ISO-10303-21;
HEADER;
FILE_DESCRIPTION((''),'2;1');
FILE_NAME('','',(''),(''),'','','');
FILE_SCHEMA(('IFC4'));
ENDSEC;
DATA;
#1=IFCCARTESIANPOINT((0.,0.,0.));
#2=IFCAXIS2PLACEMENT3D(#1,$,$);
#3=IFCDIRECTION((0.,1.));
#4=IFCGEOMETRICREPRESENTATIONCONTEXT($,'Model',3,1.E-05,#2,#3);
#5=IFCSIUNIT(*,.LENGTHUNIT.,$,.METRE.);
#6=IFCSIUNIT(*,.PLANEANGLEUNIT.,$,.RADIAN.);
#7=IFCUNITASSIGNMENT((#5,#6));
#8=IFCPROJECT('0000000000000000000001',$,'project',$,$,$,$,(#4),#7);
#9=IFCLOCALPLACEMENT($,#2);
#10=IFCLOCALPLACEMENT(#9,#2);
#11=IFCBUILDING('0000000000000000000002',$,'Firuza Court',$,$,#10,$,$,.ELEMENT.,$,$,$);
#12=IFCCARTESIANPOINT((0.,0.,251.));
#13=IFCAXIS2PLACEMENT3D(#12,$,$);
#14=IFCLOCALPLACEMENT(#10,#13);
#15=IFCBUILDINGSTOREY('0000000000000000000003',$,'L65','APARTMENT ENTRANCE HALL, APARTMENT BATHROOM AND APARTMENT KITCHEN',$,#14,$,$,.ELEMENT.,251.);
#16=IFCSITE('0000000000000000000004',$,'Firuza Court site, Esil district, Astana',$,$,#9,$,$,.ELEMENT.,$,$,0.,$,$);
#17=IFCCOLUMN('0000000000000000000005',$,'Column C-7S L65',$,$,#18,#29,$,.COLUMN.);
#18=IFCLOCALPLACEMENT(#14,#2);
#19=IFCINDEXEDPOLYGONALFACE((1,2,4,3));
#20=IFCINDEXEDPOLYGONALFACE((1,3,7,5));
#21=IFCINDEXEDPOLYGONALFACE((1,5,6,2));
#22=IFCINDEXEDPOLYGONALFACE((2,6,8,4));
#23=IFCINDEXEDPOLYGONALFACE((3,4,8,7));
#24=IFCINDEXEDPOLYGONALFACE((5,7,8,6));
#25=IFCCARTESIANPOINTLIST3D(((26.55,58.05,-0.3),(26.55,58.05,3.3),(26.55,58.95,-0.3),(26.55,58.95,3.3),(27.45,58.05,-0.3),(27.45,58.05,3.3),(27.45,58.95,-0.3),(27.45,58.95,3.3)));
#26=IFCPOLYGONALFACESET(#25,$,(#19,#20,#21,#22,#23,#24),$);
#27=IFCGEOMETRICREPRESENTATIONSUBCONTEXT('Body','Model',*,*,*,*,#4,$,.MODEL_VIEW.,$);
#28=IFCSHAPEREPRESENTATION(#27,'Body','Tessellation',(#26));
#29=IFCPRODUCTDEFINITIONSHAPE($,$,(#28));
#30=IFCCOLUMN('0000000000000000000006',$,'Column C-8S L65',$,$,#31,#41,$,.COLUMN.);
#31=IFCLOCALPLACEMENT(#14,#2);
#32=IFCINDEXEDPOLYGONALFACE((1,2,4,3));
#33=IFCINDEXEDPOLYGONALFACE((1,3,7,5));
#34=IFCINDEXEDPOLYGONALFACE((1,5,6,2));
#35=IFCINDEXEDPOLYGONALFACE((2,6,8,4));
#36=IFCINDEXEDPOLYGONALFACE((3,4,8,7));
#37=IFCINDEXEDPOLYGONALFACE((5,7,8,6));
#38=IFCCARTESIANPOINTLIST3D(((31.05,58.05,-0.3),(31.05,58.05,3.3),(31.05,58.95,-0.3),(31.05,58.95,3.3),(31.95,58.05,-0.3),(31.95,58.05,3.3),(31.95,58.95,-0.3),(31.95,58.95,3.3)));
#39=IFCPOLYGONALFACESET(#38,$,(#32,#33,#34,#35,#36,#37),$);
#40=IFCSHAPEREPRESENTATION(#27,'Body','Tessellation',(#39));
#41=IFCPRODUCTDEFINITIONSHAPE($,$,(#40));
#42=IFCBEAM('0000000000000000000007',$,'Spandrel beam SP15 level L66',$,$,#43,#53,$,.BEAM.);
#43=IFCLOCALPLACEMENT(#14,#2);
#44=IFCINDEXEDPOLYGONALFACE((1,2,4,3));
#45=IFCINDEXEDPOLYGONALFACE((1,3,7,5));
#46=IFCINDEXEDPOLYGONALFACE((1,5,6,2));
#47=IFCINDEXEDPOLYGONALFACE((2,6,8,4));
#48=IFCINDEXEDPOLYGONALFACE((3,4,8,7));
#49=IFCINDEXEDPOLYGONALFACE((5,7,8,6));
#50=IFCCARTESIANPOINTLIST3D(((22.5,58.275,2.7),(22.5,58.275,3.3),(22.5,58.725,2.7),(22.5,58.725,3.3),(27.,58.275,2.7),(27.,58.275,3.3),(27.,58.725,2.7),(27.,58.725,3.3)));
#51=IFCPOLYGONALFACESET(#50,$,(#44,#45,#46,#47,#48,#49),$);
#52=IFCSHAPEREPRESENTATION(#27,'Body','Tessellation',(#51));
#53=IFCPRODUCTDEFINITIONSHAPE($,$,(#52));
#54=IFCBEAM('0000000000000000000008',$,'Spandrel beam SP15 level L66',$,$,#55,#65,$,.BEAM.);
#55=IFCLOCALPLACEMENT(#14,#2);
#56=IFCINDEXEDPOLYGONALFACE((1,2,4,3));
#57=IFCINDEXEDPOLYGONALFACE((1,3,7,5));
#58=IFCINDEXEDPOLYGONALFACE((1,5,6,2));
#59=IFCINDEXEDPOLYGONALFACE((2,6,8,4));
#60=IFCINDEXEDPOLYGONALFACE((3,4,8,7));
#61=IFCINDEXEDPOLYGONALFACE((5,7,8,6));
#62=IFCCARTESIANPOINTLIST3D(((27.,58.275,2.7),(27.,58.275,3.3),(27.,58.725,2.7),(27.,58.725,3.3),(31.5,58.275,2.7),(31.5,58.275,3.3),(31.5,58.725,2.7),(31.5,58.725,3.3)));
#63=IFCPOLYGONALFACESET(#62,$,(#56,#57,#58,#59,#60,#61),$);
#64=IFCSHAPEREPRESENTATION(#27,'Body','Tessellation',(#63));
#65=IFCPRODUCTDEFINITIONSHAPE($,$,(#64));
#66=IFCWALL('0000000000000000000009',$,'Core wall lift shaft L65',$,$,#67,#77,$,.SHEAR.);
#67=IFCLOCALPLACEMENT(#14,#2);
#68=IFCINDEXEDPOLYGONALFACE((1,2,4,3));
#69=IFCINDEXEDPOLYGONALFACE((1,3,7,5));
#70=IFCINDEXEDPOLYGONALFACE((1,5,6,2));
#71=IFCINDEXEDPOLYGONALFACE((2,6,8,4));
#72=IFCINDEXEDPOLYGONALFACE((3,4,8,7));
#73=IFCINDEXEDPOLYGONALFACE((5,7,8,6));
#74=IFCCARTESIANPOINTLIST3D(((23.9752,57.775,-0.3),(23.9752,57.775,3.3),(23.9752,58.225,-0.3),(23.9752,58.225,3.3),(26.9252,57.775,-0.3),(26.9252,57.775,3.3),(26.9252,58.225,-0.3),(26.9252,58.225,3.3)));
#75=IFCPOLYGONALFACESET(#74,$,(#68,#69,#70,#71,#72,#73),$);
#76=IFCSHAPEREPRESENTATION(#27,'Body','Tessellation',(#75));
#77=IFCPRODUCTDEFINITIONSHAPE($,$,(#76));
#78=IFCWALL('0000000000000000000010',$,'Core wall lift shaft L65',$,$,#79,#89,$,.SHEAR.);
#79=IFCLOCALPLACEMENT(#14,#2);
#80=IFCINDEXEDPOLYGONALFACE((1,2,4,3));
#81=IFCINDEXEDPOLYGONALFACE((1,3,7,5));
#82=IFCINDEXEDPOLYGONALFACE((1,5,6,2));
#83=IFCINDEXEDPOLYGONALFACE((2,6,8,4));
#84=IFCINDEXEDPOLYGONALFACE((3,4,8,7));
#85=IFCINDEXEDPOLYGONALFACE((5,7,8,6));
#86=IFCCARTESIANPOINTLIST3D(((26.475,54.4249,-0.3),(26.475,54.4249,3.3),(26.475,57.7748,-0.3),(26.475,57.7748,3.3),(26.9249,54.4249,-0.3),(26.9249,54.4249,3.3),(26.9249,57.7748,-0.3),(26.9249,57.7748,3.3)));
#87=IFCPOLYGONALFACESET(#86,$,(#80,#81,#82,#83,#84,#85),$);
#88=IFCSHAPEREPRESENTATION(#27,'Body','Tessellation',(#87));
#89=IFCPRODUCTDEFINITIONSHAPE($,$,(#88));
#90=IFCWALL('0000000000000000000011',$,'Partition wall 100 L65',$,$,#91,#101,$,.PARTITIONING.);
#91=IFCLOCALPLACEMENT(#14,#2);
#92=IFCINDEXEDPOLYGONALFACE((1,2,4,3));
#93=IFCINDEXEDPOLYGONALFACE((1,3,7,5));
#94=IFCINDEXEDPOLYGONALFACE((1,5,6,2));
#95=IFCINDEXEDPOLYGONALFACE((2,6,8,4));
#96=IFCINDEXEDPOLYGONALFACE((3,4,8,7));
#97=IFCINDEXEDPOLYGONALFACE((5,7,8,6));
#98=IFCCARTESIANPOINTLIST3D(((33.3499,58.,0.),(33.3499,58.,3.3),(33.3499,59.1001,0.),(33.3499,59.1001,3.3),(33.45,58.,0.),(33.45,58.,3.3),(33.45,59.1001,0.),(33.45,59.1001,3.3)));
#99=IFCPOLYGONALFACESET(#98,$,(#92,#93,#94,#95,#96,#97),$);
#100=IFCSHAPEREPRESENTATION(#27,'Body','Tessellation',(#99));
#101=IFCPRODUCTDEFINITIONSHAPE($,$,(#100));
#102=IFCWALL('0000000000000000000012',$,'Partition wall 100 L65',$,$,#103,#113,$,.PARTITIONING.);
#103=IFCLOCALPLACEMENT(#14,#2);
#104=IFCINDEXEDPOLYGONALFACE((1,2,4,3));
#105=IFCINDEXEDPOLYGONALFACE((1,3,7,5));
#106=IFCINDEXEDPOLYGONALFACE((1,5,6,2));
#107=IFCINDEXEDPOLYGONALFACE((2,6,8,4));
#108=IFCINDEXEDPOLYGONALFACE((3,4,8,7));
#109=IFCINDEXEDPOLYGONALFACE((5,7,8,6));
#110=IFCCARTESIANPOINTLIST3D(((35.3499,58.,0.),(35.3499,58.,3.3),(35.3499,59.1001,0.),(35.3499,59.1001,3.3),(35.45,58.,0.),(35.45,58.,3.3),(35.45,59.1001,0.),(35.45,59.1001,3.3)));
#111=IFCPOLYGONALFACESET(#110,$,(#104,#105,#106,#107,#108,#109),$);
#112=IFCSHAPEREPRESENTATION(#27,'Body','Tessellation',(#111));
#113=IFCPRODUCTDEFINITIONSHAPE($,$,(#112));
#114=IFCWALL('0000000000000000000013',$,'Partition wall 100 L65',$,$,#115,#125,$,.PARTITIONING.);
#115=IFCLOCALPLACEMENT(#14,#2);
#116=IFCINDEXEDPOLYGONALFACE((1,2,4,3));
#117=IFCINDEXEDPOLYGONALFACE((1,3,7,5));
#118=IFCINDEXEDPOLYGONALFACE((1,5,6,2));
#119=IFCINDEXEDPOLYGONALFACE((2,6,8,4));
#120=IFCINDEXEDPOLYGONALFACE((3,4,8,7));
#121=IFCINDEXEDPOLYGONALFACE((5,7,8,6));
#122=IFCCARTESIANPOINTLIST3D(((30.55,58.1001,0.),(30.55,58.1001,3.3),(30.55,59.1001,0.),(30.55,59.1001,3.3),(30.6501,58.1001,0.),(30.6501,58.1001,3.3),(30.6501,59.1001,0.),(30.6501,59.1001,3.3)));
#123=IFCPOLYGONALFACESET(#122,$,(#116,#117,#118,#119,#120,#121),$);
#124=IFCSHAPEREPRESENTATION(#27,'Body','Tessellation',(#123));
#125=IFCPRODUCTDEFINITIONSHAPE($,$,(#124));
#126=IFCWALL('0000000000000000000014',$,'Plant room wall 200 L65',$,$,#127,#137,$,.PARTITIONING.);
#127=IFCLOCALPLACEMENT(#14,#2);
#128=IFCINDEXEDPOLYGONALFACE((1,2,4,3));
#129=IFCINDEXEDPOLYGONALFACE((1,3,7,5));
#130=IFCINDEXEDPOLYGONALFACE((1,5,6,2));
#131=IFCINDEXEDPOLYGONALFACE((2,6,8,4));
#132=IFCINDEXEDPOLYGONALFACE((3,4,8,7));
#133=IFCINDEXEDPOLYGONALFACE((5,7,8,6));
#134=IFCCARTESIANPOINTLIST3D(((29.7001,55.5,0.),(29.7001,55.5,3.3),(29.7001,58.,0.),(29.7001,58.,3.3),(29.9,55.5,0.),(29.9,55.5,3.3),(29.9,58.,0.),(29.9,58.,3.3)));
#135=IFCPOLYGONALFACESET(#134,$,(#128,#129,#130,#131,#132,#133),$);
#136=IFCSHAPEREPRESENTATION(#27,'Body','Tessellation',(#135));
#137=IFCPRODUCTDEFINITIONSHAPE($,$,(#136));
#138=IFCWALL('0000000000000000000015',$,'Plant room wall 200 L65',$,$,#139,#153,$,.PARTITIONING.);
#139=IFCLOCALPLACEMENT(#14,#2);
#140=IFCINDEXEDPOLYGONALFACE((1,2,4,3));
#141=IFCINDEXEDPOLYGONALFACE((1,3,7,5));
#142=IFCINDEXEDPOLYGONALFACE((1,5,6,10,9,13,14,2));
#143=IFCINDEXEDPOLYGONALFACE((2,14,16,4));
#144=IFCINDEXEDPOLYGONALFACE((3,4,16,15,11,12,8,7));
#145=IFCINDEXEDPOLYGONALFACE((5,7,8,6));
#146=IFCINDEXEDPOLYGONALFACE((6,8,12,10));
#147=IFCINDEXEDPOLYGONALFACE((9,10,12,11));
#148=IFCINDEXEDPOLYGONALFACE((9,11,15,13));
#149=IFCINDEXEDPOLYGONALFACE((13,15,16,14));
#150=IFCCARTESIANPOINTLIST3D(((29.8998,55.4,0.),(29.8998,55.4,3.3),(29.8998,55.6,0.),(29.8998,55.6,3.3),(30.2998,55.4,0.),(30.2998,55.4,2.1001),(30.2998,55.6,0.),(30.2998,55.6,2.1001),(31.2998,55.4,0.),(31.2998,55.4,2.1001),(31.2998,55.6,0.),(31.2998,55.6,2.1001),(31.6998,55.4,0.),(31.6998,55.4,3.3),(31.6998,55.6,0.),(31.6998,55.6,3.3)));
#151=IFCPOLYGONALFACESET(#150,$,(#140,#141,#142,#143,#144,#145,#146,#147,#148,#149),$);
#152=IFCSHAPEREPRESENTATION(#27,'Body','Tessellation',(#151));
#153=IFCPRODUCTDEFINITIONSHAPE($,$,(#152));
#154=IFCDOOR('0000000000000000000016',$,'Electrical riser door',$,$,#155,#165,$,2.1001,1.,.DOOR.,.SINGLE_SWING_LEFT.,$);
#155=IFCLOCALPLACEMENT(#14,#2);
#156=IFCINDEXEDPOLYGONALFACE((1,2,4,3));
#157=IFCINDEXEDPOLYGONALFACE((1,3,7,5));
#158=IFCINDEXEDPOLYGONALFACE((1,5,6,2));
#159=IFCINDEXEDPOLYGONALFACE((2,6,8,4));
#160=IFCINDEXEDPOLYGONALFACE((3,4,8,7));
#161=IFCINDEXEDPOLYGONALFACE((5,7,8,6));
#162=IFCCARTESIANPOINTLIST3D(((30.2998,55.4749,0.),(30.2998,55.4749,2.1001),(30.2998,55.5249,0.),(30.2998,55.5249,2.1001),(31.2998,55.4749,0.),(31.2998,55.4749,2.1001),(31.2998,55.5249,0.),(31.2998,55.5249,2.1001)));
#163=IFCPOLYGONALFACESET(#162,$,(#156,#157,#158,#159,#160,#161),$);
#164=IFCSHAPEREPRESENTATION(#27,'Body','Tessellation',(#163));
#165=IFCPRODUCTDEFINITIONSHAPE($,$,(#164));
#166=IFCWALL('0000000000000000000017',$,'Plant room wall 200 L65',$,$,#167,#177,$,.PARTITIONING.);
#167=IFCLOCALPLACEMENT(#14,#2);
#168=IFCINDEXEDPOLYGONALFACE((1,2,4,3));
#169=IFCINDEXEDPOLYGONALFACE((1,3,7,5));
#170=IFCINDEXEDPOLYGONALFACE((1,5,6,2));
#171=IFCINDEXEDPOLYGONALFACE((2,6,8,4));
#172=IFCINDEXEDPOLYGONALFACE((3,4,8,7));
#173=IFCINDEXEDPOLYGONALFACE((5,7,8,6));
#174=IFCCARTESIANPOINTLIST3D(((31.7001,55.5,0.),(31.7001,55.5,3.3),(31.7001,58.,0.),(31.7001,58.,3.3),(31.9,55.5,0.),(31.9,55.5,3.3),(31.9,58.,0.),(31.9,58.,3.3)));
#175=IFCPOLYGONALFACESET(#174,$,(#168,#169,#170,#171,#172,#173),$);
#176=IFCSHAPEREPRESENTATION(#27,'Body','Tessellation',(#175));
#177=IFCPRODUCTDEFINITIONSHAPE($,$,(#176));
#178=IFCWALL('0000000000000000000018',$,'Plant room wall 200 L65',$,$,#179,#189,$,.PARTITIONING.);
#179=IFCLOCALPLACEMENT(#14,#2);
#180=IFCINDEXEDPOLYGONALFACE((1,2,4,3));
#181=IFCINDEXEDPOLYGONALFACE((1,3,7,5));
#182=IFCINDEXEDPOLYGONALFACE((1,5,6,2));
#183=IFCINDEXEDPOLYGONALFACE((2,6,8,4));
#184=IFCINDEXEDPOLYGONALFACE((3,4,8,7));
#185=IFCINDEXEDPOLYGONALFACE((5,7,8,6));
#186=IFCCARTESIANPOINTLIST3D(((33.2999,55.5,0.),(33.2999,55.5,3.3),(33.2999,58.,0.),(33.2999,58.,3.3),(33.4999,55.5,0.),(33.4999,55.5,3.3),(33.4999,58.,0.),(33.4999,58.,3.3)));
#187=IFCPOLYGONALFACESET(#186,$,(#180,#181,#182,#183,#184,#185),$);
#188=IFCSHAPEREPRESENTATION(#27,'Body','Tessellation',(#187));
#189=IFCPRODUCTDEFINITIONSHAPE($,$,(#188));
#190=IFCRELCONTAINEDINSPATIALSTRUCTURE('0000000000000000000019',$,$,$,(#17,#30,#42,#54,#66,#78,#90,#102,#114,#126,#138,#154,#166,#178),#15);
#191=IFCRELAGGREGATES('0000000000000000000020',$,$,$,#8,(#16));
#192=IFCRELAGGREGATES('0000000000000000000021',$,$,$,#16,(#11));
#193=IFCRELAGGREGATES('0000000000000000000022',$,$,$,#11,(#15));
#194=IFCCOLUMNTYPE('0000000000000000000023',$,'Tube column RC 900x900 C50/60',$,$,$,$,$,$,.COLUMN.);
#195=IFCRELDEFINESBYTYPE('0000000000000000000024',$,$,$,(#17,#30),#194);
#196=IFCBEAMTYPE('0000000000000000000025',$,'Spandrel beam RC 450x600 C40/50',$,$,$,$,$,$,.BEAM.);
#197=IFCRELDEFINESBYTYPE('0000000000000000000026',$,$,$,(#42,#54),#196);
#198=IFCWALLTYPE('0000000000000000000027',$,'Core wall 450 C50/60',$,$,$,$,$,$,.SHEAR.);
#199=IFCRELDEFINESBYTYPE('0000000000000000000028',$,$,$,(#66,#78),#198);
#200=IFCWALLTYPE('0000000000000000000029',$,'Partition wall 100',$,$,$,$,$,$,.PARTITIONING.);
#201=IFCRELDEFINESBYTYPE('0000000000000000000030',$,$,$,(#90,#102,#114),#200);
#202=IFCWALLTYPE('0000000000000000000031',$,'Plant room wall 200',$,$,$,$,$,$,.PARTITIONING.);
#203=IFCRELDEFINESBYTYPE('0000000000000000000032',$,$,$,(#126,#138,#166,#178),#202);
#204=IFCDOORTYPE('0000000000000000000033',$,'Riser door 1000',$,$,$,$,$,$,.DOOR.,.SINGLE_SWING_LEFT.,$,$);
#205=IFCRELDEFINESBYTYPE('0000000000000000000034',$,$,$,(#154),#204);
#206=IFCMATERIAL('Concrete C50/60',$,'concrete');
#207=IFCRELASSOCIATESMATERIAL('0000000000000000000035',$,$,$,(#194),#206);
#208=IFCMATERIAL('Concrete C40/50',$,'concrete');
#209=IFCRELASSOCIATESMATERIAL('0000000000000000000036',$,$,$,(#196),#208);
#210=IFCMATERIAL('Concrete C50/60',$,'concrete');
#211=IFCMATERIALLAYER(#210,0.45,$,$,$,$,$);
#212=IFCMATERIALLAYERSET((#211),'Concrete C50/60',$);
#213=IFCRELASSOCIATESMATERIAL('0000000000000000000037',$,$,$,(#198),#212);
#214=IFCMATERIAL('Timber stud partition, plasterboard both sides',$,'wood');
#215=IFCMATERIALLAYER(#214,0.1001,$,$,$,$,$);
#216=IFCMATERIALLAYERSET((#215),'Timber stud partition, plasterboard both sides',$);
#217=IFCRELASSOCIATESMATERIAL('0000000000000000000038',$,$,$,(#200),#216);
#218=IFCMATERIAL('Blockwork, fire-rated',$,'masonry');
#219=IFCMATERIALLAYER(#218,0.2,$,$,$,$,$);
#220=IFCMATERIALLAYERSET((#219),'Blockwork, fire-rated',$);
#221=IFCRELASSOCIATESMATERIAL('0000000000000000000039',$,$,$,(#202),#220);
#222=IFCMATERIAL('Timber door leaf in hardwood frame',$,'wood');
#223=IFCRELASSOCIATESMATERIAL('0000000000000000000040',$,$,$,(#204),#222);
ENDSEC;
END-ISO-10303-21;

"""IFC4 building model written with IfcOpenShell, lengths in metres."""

from ifc_helpers import new_model, si_unit, direction, frame, frame_2d, origin, origin_2d, place, context, subcontext, project, spatial, rectangle, extrude, material, layer, layer_set, material_profile, profile_set, type_object, element, fill, save


model = new_model("IFC4")

# Units and contexts
model_context = context("Model", 3, precision=1e-05, world=origin(), true_north=direction((0.0, 1.0)))
body_context = subcontext(model_context, "Body", "Model", "MODEL_VIEW")
ifc_project = project(units=[si_unit("LENGTHUNIT", "METRE"), si_unit("PLANEANGLEUNIT", "RADIAN")], contexts=[model_context])

# Site, building, storey
site_placement = place(None, origin())
site = spatial("IfcSite", under=ifc_project, at=site_placement, Name="Firuza Court site, Esil district, Astana", CompositionType="ELEMENT", RefElevation=0.0)
building_placement = place(site_placement, origin())
building = spatial("IfcBuilding", under=site, at=building_placement, Name="Firuza Court", CompositionType="ELEMENT")
storey_placement = place(building_placement, frame((0.0, 0.0, 251.0)))
storey = spatial("IfcBuildingStorey", under=building, at=storey_placement, Name="L65", Description="APARTMENT ENTRANCE HALL, APARTMENT BATHROOM AND APARTMENT KITCHEN", CompositionType="ELEMENT", Elevation=251.0)

# Columns
ifc_material_1 = material(Name="Concrete C50/60", Category="concrete")
ifc_material_profile_1 = material_profile(ifc_material_1, rectangle(XDim=0.8999, YDim=0.8999, at=origin_2d()), Name="RC 900x900")
ifc_profile_set_1 = profile_set([ifc_material_profile_1], Name="Concrete C50/60")
column_type = type_object("IfcColumnType", Name="Tube column RC 900x900 C50/60", PredefinedType="COLUMN", material=ifc_profile_set_1)
for number, where, z_axis, x_axis, name in (
    (1, (27.0, 58.5, -0.3), (0.0, 0.0, 1.0), (1.0, 0.0, 0.0), "Column C-7S L65"),
    (2, (31.5, 58.5, -0.3), (0.0, 0.0, 1.0), (1.0, 0.0, 0.0), "Column C-8S L65"),
):
    element("IfcColumn", number, at=place(storey_placement, frame(where, z_axis=z_axis, x_axis=x_axis)), inside=storey, type_object=column_type, Name=name, PredefinedType="COLUMN", context=body_context, shape_type="SweptSolid", body=[
        extrude(rectangle(XDim=0.8999, YDim=0.8999, at=origin_2d()), origin(), (0.0, 0.0, 1.0), 3.6001),
    ])

# Beams
ifc_material_2 = material(Name="Concrete C40/50", Category="concrete")
ifc_material_profile_2 = material_profile(ifc_material_2, rectangle(XDim=0.45, YDim=0.6001, at=origin_2d()), Name="RC 450x600")
ifc_profile_set_2 = profile_set([ifc_material_profile_2], Name="Concrete C40/50")
beam_type = type_object("IfcBeamType", Name="Spandrel beam RC 450x600 C40/50", PredefinedType="BEAM", material=ifc_profile_set_2)
for number, where, z_axis, x_axis, name in (
    (3, (27.0, 58.5, 3.0), (-1.0, 0.0, 0.0), (0.0, -1.0, 0.0), "Spandrel beam SP15 level L66"),
    (4, (31.5, 58.5, 3.0), (-1.0, 0.0, 0.0), (0.0, -1.0, 0.0), "Spandrel beam SP15 level L66"),
):
    element("IfcBeam", number, at=place(storey_placement, frame(where, z_axis=z_axis, x_axis=x_axis)), inside=storey, type_object=beam_type, Name=name, PredefinedType="BEAM", context=body_context, shape_type="SweptSolid", body=[
        extrude(rectangle(XDim=0.45, YDim=0.6001, at=origin_2d()), origin(), (0.0, 0.0, 1.0), 4.5),
    ])

# Walls
ifc_material_3 = material(Name="Concrete C50/60", Category="concrete")
ifc_layer_1 = layer(ifc_material_3, 0.45)
ifc_layer_set_1 = layer_set([ifc_layer_1], Name="Concrete C50/60")
wall_type_1 = type_object("IfcWallType", Name="Core wall 450 C50/60", PredefinedType="SHEAR", material=ifc_layer_set_1)
wall_1_placement = place(storey_placement, frame((23.9751, 58.0, -0.3), z_axis=(0.0, 0.0, 1.0), x_axis=(1.0, 0.0, 0.0)))
element("IfcWall", 5, at=wall_1_placement, inside=storey, type_object=wall_type_1, Name="Core wall lift shaft L65", PredefinedType="SHEAR", context=body_context, shape_type="SweptSolid", body=[
    extrude(rectangle(XDim=2.95, YDim=0.45, at=frame_2d((1.4751, 0.0))), origin(), (0.0, 0.0, 1.0), 3.6001),
])
wall_2_placement = place(storey_placement, frame((26.7, 54.425, -0.3), z_axis=(0.0, 0.0, 1.0), x_axis=(0.0, 1.0, 0.0)))
element("IfcWall", 6, at=wall_2_placement, inside=storey, type_object=wall_type_1, Name="Core wall lift shaft L65", PredefinedType="SHEAR", context=body_context, shape_type="SweptSolid", body=[
    extrude(rectangle(XDim=3.3499, YDim=0.45, at=frame_2d((1.6748, 0.0))), origin(), (0.0, 0.0, 1.0), 3.6001),
])
ifc_material_4 = material(Name="Timber stud partition, plasterboard both sides", Category="wood")
ifc_layer_2 = layer(ifc_material_4, 0.1001)
ifc_layer_set_2 = layer_set([ifc_layer_2], Name="Timber stud partition, plasterboard both sides")
wall_type_2 = type_object("IfcWallType", Name="Partition wall 100", PredefinedType="PARTITIONING", material=ifc_layer_set_2)
for number, where, z_axis, x_axis, name in (
    (7, (33.3999, 58.0, 0.0), (0.0, 0.0, 1.0), (0.0, 1.0, 0.0), "Partition wall 100 L65"),
    (8, (35.3999, 58.0, 0.0), (0.0, 0.0, 1.0), (0.0, 1.0, 0.0), "Partition wall 100 L65"),
):
    element("IfcWall", number, at=place(storey_placement, frame(where, z_axis=z_axis, x_axis=x_axis)), inside=storey, type_object=wall_type_2, Name=name, PredefinedType="PARTITIONING", context=body_context, shape_type="SweptSolid", body=[
        extrude(rectangle(XDim=1.1001, YDim=0.1001, at=frame_2d((0.55, 0.0))), origin(), (0.0, 0.0, 1.0), 3.3),
    ])
wall_3_placement = place(storey_placement, frame((30.6001, 58.1001, 0.0), z_axis=(0.0, 0.0, 1.0), x_axis=(0.0, 1.0, 0.0)))
element("IfcWall", 9, at=wall_3_placement, inside=storey, type_object=wall_type_2, Name="Partition wall 100 L65", PredefinedType="PARTITIONING", context=body_context, shape_type="SweptSolid", body=[
    extrude(rectangle(XDim=1.0, YDim=0.1001, at=frame_2d((0.5, 0.0))), origin(), (0.0, 0.0, 1.0), 3.3),
])
ifc_material_5 = material(Name="Blockwork, fire-rated", Category="masonry")
ifc_layer_3 = layer(ifc_material_5, 0.2)
ifc_layer_set_3 = layer_set([ifc_layer_3], Name="Blockwork, fire-rated")
wall_type_3 = type_object("IfcWallType", Name="Plant room wall 200", PredefinedType="PARTITIONING", material=ifc_layer_set_3)
wall_4_placement = place(storey_placement, frame((29.8, 55.5, 0.0), z_axis=(0.0, 0.0, 1.0), x_axis=(0.0, 1.0, 0.0)))
element("IfcWall", 10, at=wall_4_placement, inside=storey, type_object=wall_type_3, Name="Plant room wall 200 L65", PredefinedType="PARTITIONING", context=body_context, shape_type="SweptSolid", body=[
    extrude(rectangle(XDim=2.5, YDim=0.2, at=frame_2d((1.25, 0.0))), origin(), (0.0, 0.0, 1.0), 3.3),
])

# Wall, opening, door
wall_5_placement = place(storey_placement, frame((29.8999, 55.5, 0.0), z_axis=(0.0, 0.0, 1.0), x_axis=(1.0, 0.0, 0.0)))
wall_5 = element("IfcWall", 11, at=wall_5_placement, inside=storey, type_object=wall_type_3, Name="Plant room wall 200 L65", PredefinedType="PARTITIONING", context=body_context, shape_type="SweptSolid", body=[
    extrude(rectangle(XDim=1.8, YDim=0.2, at=frame_2d((0.8999, 0.0))), origin(), (0.0, 0.0, 1.0), 3.3),
])
opening_1_placement = place(wall_5_placement, frame((0.3999, 0.0, 0.0)))
opening_1 = element("IfcOpeningElement", 12, at=opening_1_placement, cuts=wall_5, PredefinedType="OPENING", context=body_context, shape_type="SweptSolid", body=[
    extrude(rectangle(XDim=1.0, YDim=2.1001, at=frame_2d((0.5, 1.05))), frame((0.0, 0.1118, 0.0), z_axis=(0.0, -1.0, 0.0), x_axis=(1.0, 0.0, 0.0)), (0.0, 0.0, 1.0), 0.2239),
])
ifc_material_6 = material(Name="Timber door leaf in hardwood frame", Category="wood")
door_type = type_object("IfcDoorType", Name="Riser door 1000", OperationType="SINGLE_SWING_LEFT", PredefinedType="DOOR", material=ifc_material_6)
door_1_placement = place(opening_1_placement, origin())
door_1 = element("IfcDoor", 13, at=door_1_placement, inside=storey, type_object=door_type, Name="Electrical riser door", OperationType="SINGLE_SWING_LEFT", OverallHeight=2.1001, OverallWidth=1.0, PredefinedType="DOOR", context=body_context, shape_type="SweptSolid", body=[
    extrude(rectangle(XDim=1.0, YDim=2.1001, at=frame_2d((0.5, 1.05))), frame((0.0, 0.0249, 0.0), z_axis=(0.0, -1.0, 0.0), x_axis=(1.0, 0.0, 0.0)), (0.0, 0.0, 1.0), 0.05),
])
fill(opening_1, door_1)

# Walls
for number, where, z_axis, x_axis, name in (
    (14, (31.8, 55.5, 0.0), (0.0, 0.0, 1.0), (0.0, 1.0, 0.0), "Plant room wall 200 L65"),
    (15, (33.3999, 55.5, 0.0), (0.0, 0.0, 1.0), (0.0, 1.0, 0.0), "Plant room wall 200 L65"),
):
    element("IfcWall", number, at=place(storey_placement, frame(where, z_axis=z_axis, x_axis=x_axis)), inside=storey, type_object=wall_type_3, Name=name, PredefinedType="PARTITIONING", context=body_context, shape_type="SweptSolid", body=[
        extrude(rectangle(XDim=2.5, YDim=0.2, at=frame_2d((1.25, 0.0))), origin(), (0.0, 0.0, 1.0), 3.3),
    ])

save(model, "model.ifc")
